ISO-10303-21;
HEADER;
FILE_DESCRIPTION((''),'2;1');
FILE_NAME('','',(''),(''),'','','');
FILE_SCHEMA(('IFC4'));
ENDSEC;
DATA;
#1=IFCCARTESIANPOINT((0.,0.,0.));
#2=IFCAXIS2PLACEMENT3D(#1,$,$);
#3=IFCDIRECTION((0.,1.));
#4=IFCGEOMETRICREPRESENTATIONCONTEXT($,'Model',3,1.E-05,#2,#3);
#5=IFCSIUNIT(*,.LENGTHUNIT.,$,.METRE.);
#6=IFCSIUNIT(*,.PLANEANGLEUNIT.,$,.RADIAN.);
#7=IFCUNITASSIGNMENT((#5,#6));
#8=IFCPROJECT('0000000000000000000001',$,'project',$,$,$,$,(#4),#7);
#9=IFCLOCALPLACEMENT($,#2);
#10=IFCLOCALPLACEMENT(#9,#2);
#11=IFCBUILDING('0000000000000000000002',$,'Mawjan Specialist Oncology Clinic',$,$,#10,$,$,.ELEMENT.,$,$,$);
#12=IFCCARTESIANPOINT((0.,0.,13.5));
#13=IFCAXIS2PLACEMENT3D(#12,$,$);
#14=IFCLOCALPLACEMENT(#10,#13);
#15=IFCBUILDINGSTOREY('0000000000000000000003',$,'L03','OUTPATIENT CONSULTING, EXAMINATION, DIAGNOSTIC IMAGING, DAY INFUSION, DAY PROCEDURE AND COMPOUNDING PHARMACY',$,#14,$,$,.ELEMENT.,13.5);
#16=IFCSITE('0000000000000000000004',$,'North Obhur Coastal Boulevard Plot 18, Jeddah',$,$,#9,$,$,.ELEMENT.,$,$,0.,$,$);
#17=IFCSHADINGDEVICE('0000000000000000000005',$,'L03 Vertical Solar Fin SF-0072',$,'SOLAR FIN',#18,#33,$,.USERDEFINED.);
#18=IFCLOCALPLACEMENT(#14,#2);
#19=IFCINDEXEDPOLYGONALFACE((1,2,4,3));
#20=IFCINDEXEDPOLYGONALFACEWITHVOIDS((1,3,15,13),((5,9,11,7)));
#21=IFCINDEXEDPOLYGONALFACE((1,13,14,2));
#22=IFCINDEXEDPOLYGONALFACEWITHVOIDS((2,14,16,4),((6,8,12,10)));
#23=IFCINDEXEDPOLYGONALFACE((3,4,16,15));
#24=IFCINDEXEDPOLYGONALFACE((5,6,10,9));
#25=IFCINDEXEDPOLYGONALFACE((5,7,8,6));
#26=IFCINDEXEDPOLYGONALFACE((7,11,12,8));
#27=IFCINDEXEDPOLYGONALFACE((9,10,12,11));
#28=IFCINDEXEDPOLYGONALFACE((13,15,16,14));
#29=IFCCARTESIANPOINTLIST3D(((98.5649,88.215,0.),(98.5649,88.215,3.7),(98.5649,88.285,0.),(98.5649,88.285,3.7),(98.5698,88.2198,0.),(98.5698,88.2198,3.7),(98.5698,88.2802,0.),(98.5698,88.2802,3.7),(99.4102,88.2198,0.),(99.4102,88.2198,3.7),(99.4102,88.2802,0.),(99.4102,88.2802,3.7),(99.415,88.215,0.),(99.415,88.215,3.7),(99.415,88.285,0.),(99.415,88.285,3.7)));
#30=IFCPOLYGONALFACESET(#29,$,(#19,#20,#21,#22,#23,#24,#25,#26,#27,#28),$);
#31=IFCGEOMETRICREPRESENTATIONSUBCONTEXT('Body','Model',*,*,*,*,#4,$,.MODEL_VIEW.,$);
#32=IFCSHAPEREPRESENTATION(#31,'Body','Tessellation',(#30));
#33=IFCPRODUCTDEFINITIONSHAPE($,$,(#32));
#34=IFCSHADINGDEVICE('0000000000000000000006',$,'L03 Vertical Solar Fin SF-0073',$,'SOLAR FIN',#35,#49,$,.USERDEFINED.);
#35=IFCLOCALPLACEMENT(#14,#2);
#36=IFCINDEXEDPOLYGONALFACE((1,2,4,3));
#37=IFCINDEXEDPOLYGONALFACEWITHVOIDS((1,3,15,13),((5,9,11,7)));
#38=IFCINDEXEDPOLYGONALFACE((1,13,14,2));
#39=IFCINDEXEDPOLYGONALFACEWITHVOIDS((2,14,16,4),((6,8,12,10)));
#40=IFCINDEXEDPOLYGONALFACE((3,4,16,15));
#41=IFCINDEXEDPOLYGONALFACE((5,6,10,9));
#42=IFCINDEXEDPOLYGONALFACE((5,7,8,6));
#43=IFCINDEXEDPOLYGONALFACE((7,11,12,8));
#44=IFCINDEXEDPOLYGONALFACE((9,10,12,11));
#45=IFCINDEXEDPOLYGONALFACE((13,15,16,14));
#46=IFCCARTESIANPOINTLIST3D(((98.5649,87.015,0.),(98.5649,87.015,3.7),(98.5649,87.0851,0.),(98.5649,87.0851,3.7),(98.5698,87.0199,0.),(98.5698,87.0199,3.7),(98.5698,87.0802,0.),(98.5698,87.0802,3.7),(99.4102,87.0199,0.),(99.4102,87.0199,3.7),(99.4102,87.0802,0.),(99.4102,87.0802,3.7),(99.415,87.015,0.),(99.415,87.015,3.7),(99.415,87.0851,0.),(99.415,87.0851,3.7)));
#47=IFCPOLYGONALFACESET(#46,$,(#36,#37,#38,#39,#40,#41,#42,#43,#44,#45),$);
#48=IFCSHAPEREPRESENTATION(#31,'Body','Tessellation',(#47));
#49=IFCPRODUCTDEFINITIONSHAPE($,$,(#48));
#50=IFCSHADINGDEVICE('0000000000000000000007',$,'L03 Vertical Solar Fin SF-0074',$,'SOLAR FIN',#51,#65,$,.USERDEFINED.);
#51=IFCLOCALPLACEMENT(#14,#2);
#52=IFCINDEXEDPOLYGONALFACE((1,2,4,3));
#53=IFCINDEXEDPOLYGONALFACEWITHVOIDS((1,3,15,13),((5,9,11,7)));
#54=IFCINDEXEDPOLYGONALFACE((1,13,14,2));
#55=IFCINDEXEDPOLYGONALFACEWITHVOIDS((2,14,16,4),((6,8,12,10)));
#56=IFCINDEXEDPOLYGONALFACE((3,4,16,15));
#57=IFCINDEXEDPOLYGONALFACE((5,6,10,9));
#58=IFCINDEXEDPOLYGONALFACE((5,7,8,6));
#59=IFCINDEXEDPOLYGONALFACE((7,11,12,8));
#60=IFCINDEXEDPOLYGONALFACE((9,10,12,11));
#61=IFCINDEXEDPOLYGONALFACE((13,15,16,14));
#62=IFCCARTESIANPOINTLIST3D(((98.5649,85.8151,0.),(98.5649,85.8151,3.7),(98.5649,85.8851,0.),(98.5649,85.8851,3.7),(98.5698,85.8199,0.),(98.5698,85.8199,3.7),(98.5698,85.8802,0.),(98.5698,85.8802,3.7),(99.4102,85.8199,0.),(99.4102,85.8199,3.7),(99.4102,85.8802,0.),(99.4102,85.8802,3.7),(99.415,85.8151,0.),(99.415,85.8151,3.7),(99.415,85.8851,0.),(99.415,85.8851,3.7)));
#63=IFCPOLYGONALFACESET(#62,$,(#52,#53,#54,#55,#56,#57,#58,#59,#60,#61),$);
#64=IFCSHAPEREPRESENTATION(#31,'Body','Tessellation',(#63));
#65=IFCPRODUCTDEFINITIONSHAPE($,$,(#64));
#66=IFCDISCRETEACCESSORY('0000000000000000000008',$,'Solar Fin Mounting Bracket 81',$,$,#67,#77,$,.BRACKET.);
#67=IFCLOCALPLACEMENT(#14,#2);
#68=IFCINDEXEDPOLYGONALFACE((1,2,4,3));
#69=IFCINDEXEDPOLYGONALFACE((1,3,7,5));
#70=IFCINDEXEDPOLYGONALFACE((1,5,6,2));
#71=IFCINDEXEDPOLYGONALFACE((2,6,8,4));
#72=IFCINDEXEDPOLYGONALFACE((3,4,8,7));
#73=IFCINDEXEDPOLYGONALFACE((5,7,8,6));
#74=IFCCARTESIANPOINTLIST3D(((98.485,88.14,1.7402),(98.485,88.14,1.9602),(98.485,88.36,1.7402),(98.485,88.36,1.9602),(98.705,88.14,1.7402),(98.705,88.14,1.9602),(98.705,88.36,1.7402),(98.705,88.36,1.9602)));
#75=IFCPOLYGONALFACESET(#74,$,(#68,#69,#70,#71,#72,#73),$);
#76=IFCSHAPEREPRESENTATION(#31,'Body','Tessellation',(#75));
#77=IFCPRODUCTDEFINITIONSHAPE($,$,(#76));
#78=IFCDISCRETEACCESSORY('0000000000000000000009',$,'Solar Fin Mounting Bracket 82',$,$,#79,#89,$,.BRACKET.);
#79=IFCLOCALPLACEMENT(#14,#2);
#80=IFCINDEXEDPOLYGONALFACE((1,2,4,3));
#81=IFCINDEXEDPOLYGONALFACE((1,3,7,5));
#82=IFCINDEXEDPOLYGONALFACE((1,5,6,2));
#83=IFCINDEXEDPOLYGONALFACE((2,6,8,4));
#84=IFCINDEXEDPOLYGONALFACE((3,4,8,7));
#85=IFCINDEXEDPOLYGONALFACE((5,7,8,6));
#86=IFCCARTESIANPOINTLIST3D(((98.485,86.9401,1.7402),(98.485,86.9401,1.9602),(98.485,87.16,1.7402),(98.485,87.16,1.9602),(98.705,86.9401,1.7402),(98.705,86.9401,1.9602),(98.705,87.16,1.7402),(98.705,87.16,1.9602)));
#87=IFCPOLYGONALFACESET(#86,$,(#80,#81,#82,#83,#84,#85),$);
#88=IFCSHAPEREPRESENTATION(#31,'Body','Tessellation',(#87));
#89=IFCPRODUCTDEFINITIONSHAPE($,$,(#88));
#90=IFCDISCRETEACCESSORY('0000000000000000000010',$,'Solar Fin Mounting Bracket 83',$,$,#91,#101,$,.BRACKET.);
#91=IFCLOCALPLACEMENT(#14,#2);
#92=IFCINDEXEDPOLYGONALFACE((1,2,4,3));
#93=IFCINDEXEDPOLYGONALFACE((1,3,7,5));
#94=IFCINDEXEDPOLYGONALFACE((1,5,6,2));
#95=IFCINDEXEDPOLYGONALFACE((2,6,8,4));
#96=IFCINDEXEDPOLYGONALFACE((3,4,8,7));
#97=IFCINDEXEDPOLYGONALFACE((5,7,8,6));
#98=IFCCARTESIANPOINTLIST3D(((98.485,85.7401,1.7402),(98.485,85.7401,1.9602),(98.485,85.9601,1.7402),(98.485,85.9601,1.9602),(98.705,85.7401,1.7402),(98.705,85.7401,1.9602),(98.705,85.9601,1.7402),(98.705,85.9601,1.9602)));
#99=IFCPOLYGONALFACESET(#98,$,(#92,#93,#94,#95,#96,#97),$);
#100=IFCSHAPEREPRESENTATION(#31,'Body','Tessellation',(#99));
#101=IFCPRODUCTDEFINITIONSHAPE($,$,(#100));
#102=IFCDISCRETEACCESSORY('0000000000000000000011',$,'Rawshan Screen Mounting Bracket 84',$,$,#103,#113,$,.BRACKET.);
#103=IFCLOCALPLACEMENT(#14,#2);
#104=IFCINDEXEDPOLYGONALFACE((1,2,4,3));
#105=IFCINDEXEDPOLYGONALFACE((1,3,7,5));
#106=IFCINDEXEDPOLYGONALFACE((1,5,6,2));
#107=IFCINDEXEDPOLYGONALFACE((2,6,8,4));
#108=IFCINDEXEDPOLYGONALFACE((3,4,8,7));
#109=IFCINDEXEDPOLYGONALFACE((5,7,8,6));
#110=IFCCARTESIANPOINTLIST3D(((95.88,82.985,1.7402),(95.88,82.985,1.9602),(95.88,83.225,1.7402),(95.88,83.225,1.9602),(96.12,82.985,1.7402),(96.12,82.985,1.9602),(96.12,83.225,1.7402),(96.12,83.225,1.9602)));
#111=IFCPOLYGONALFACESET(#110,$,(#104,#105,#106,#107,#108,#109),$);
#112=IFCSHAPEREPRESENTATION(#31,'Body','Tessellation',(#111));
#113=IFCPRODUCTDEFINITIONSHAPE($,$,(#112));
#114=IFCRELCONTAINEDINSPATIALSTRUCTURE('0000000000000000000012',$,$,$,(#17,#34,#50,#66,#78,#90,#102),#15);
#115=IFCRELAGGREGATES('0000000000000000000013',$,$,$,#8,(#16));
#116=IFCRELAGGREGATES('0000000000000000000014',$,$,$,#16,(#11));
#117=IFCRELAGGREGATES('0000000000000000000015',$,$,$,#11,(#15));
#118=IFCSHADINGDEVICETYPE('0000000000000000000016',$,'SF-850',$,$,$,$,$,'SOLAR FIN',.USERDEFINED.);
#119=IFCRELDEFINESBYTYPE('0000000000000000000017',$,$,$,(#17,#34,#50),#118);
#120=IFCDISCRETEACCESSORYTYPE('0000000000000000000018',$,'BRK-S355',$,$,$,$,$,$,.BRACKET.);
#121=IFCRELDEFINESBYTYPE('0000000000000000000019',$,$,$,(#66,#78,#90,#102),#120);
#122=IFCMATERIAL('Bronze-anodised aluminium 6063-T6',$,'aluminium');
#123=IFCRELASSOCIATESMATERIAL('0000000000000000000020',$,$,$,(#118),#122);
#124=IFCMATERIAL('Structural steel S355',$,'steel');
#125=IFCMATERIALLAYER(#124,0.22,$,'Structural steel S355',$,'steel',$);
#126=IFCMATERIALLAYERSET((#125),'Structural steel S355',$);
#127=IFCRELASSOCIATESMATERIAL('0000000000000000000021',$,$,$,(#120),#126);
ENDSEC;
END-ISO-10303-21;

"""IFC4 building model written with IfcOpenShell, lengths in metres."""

from ifc_helpers import new_model, si_unit, direction, frame, origin, origin_2d, place, context, subcontext, project, spatial, rectangle, hollow_rectangle, extrude, material, layer, layer_set, material_profile, profile_set, type_object, element, save


model = new_model("IFC4")

# Units and contexts
model_context = context("Model", 3, precision=1e-05, world=origin(), true_north=direction((0.0, 1.0)))
body_context = subcontext(model_context, "Body", "Model", "MODEL_VIEW")
ifc_project = project(units=[si_unit("LENGTHUNIT", "METRE"), si_unit("PLANEANGLEUNIT", "RADIAN")], contexts=[model_context])

# Site, building, storey
site_placement = place(None, origin())
site = spatial("IfcSite", under=ifc_project, at=site_placement, Name="North Obhur Coastal Boulevard Plot 18, Jeddah", CompositionType="ELEMENT", RefElevation=0.0)
building_placement = place(site_placement, origin())
building = spatial("IfcBuilding", under=site, at=building_placement, Name="Mawjan Specialist Oncology Clinic", CompositionType="ELEMENT")
storey_placement = place(building_placement, frame((0.0, 0.0, 13.5)))
storey = spatial("IfcBuildingStorey", under=building, at=storey_placement, Name="L03", Description="OUTPATIENT CONSULTING, EXAMINATION, DIAGNOSTIC IMAGING, DAY INFUSION, DAY PROCEDURE AND COMPOUNDING PHARMACY", CompositionType="ELEMENT", Elevation=13.5)

# Shading devices
ifc_material_1 = material(Name="Bronze-anodised aluminium 6063-T6", Category="aluminium")
ifc_material_profile_1 = material_profile(ifc_material_1, hollow_rectangle(XDim=0.0701, YDim=0.8501, WallThickness=0.0049, at=origin_2d()), Name="FIN 850x70x5", Category="aluminium")
ifc_profile_set_1 = profile_set([ifc_material_profile_1], Name="Bronze-anodised aluminium 6063-T6")
shading_device_type = type_object("IfcShadingDeviceType", Name="SF-850", ElementType="SOLAR FIN", PredefinedType="USERDEFINED", material=ifc_profile_set_1)
for number, where, z_axis, x_axis, name in (
    (1, (98.99, 88.25, 0.0), (0.0, 0.0, 1.0), (0.0, -1.0, 0.0), "L03 Vertical Solar Fin SF-0072"),
    (2, (98.99, 87.05, 0.0), (0.0, 0.0, 1.0), (0.0, -1.0, 0.0), "L03 Vertical Solar Fin SF-0073"),
    (3, (98.99, 85.8501, 0.0), (0.0, 0.0, 1.0), (0.0, -1.0, 0.0), "L03 Vertical Solar Fin SF-0074"),
):
    element("IfcShadingDevice", number, at=place(storey_placement, frame(where, z_axis=z_axis, x_axis=x_axis)), inside=storey, type_object=shading_device_type, Name=name, ObjectType="SOLAR FIN", PredefinedType="USERDEFINED", context=body_context, shape_type="SweptSolid", body=[
        extrude(hollow_rectangle(XDim=0.0701, YDim=0.8501, WallThickness=0.0049, at=origin_2d()), origin(), (0.0, 0.0, 1.0), 3.7),
    ])

# Discrete accessories
ifc_material_2 = material(Name="Structural steel S355", Category="steel")
ifc_layer_1 = layer(ifc_material_2, 0.22, Name="Structural steel S355", Category="steel")
ifc_layer_set_1 = layer_set([ifc_layer_1], Name="Structural steel S355")
discrete_accessory_type = type_object("IfcDiscreteAccessoryType", Name="BRK-S355", PredefinedType="BRACKET", material=ifc_layer_set_1)
for number, where, z_axis, x_axis, name in (
    (4, (98.595, 88.25, 1.7402), (0.0, 0.0, 1.0), (0.0, -1.0, 0.0), "Solar Fin Mounting Bracket 81"),
    (5, (98.595, 87.05, 1.7402), (0.0, 0.0, 1.0), (0.0, -1.0, 0.0), "Solar Fin Mounting Bracket 82"),
    (6, (98.595, 85.8501, 1.7402), (0.0, 0.0, 1.0), (0.0, -1.0, 0.0), "Solar Fin Mounting Bracket 83"),
):
    element("IfcDiscreteAccessory", number, at=place(storey_placement, frame(where, z_axis=z_axis, x_axis=x_axis)), inside=storey, type_object=discrete_accessory_type, Name=name, PredefinedType="BRACKET", context=body_context, shape_type="SweptSolid", body=[
        extrude(rectangle(XDim=0.22, YDim=0.22, at=origin_2d()), origin(), (0.0, 0.0, 1.0), 0.22),
    ])
discrete_accessory_placement = place(storey_placement, frame((96.0, 83.105, 1.7402), z_axis=(0.0, 0.0, 1.0), x_axis=(-1.0, 0.0, 0.0)))
element("IfcDiscreteAccessory", 7, at=discrete_accessory_placement, inside=storey, type_object=discrete_accessory_type, Name="Rawshan Screen Mounting Bracket 84", PredefinedType="BRACKET", context=body_context, shape_type="SweptSolid", body=[
    extrude(rectangle(XDim=0.24, YDim=0.24, at=origin_2d()), origin(), (0.0, 0.0, 1.0), 0.22),
])

save(model, "model.ifc")
